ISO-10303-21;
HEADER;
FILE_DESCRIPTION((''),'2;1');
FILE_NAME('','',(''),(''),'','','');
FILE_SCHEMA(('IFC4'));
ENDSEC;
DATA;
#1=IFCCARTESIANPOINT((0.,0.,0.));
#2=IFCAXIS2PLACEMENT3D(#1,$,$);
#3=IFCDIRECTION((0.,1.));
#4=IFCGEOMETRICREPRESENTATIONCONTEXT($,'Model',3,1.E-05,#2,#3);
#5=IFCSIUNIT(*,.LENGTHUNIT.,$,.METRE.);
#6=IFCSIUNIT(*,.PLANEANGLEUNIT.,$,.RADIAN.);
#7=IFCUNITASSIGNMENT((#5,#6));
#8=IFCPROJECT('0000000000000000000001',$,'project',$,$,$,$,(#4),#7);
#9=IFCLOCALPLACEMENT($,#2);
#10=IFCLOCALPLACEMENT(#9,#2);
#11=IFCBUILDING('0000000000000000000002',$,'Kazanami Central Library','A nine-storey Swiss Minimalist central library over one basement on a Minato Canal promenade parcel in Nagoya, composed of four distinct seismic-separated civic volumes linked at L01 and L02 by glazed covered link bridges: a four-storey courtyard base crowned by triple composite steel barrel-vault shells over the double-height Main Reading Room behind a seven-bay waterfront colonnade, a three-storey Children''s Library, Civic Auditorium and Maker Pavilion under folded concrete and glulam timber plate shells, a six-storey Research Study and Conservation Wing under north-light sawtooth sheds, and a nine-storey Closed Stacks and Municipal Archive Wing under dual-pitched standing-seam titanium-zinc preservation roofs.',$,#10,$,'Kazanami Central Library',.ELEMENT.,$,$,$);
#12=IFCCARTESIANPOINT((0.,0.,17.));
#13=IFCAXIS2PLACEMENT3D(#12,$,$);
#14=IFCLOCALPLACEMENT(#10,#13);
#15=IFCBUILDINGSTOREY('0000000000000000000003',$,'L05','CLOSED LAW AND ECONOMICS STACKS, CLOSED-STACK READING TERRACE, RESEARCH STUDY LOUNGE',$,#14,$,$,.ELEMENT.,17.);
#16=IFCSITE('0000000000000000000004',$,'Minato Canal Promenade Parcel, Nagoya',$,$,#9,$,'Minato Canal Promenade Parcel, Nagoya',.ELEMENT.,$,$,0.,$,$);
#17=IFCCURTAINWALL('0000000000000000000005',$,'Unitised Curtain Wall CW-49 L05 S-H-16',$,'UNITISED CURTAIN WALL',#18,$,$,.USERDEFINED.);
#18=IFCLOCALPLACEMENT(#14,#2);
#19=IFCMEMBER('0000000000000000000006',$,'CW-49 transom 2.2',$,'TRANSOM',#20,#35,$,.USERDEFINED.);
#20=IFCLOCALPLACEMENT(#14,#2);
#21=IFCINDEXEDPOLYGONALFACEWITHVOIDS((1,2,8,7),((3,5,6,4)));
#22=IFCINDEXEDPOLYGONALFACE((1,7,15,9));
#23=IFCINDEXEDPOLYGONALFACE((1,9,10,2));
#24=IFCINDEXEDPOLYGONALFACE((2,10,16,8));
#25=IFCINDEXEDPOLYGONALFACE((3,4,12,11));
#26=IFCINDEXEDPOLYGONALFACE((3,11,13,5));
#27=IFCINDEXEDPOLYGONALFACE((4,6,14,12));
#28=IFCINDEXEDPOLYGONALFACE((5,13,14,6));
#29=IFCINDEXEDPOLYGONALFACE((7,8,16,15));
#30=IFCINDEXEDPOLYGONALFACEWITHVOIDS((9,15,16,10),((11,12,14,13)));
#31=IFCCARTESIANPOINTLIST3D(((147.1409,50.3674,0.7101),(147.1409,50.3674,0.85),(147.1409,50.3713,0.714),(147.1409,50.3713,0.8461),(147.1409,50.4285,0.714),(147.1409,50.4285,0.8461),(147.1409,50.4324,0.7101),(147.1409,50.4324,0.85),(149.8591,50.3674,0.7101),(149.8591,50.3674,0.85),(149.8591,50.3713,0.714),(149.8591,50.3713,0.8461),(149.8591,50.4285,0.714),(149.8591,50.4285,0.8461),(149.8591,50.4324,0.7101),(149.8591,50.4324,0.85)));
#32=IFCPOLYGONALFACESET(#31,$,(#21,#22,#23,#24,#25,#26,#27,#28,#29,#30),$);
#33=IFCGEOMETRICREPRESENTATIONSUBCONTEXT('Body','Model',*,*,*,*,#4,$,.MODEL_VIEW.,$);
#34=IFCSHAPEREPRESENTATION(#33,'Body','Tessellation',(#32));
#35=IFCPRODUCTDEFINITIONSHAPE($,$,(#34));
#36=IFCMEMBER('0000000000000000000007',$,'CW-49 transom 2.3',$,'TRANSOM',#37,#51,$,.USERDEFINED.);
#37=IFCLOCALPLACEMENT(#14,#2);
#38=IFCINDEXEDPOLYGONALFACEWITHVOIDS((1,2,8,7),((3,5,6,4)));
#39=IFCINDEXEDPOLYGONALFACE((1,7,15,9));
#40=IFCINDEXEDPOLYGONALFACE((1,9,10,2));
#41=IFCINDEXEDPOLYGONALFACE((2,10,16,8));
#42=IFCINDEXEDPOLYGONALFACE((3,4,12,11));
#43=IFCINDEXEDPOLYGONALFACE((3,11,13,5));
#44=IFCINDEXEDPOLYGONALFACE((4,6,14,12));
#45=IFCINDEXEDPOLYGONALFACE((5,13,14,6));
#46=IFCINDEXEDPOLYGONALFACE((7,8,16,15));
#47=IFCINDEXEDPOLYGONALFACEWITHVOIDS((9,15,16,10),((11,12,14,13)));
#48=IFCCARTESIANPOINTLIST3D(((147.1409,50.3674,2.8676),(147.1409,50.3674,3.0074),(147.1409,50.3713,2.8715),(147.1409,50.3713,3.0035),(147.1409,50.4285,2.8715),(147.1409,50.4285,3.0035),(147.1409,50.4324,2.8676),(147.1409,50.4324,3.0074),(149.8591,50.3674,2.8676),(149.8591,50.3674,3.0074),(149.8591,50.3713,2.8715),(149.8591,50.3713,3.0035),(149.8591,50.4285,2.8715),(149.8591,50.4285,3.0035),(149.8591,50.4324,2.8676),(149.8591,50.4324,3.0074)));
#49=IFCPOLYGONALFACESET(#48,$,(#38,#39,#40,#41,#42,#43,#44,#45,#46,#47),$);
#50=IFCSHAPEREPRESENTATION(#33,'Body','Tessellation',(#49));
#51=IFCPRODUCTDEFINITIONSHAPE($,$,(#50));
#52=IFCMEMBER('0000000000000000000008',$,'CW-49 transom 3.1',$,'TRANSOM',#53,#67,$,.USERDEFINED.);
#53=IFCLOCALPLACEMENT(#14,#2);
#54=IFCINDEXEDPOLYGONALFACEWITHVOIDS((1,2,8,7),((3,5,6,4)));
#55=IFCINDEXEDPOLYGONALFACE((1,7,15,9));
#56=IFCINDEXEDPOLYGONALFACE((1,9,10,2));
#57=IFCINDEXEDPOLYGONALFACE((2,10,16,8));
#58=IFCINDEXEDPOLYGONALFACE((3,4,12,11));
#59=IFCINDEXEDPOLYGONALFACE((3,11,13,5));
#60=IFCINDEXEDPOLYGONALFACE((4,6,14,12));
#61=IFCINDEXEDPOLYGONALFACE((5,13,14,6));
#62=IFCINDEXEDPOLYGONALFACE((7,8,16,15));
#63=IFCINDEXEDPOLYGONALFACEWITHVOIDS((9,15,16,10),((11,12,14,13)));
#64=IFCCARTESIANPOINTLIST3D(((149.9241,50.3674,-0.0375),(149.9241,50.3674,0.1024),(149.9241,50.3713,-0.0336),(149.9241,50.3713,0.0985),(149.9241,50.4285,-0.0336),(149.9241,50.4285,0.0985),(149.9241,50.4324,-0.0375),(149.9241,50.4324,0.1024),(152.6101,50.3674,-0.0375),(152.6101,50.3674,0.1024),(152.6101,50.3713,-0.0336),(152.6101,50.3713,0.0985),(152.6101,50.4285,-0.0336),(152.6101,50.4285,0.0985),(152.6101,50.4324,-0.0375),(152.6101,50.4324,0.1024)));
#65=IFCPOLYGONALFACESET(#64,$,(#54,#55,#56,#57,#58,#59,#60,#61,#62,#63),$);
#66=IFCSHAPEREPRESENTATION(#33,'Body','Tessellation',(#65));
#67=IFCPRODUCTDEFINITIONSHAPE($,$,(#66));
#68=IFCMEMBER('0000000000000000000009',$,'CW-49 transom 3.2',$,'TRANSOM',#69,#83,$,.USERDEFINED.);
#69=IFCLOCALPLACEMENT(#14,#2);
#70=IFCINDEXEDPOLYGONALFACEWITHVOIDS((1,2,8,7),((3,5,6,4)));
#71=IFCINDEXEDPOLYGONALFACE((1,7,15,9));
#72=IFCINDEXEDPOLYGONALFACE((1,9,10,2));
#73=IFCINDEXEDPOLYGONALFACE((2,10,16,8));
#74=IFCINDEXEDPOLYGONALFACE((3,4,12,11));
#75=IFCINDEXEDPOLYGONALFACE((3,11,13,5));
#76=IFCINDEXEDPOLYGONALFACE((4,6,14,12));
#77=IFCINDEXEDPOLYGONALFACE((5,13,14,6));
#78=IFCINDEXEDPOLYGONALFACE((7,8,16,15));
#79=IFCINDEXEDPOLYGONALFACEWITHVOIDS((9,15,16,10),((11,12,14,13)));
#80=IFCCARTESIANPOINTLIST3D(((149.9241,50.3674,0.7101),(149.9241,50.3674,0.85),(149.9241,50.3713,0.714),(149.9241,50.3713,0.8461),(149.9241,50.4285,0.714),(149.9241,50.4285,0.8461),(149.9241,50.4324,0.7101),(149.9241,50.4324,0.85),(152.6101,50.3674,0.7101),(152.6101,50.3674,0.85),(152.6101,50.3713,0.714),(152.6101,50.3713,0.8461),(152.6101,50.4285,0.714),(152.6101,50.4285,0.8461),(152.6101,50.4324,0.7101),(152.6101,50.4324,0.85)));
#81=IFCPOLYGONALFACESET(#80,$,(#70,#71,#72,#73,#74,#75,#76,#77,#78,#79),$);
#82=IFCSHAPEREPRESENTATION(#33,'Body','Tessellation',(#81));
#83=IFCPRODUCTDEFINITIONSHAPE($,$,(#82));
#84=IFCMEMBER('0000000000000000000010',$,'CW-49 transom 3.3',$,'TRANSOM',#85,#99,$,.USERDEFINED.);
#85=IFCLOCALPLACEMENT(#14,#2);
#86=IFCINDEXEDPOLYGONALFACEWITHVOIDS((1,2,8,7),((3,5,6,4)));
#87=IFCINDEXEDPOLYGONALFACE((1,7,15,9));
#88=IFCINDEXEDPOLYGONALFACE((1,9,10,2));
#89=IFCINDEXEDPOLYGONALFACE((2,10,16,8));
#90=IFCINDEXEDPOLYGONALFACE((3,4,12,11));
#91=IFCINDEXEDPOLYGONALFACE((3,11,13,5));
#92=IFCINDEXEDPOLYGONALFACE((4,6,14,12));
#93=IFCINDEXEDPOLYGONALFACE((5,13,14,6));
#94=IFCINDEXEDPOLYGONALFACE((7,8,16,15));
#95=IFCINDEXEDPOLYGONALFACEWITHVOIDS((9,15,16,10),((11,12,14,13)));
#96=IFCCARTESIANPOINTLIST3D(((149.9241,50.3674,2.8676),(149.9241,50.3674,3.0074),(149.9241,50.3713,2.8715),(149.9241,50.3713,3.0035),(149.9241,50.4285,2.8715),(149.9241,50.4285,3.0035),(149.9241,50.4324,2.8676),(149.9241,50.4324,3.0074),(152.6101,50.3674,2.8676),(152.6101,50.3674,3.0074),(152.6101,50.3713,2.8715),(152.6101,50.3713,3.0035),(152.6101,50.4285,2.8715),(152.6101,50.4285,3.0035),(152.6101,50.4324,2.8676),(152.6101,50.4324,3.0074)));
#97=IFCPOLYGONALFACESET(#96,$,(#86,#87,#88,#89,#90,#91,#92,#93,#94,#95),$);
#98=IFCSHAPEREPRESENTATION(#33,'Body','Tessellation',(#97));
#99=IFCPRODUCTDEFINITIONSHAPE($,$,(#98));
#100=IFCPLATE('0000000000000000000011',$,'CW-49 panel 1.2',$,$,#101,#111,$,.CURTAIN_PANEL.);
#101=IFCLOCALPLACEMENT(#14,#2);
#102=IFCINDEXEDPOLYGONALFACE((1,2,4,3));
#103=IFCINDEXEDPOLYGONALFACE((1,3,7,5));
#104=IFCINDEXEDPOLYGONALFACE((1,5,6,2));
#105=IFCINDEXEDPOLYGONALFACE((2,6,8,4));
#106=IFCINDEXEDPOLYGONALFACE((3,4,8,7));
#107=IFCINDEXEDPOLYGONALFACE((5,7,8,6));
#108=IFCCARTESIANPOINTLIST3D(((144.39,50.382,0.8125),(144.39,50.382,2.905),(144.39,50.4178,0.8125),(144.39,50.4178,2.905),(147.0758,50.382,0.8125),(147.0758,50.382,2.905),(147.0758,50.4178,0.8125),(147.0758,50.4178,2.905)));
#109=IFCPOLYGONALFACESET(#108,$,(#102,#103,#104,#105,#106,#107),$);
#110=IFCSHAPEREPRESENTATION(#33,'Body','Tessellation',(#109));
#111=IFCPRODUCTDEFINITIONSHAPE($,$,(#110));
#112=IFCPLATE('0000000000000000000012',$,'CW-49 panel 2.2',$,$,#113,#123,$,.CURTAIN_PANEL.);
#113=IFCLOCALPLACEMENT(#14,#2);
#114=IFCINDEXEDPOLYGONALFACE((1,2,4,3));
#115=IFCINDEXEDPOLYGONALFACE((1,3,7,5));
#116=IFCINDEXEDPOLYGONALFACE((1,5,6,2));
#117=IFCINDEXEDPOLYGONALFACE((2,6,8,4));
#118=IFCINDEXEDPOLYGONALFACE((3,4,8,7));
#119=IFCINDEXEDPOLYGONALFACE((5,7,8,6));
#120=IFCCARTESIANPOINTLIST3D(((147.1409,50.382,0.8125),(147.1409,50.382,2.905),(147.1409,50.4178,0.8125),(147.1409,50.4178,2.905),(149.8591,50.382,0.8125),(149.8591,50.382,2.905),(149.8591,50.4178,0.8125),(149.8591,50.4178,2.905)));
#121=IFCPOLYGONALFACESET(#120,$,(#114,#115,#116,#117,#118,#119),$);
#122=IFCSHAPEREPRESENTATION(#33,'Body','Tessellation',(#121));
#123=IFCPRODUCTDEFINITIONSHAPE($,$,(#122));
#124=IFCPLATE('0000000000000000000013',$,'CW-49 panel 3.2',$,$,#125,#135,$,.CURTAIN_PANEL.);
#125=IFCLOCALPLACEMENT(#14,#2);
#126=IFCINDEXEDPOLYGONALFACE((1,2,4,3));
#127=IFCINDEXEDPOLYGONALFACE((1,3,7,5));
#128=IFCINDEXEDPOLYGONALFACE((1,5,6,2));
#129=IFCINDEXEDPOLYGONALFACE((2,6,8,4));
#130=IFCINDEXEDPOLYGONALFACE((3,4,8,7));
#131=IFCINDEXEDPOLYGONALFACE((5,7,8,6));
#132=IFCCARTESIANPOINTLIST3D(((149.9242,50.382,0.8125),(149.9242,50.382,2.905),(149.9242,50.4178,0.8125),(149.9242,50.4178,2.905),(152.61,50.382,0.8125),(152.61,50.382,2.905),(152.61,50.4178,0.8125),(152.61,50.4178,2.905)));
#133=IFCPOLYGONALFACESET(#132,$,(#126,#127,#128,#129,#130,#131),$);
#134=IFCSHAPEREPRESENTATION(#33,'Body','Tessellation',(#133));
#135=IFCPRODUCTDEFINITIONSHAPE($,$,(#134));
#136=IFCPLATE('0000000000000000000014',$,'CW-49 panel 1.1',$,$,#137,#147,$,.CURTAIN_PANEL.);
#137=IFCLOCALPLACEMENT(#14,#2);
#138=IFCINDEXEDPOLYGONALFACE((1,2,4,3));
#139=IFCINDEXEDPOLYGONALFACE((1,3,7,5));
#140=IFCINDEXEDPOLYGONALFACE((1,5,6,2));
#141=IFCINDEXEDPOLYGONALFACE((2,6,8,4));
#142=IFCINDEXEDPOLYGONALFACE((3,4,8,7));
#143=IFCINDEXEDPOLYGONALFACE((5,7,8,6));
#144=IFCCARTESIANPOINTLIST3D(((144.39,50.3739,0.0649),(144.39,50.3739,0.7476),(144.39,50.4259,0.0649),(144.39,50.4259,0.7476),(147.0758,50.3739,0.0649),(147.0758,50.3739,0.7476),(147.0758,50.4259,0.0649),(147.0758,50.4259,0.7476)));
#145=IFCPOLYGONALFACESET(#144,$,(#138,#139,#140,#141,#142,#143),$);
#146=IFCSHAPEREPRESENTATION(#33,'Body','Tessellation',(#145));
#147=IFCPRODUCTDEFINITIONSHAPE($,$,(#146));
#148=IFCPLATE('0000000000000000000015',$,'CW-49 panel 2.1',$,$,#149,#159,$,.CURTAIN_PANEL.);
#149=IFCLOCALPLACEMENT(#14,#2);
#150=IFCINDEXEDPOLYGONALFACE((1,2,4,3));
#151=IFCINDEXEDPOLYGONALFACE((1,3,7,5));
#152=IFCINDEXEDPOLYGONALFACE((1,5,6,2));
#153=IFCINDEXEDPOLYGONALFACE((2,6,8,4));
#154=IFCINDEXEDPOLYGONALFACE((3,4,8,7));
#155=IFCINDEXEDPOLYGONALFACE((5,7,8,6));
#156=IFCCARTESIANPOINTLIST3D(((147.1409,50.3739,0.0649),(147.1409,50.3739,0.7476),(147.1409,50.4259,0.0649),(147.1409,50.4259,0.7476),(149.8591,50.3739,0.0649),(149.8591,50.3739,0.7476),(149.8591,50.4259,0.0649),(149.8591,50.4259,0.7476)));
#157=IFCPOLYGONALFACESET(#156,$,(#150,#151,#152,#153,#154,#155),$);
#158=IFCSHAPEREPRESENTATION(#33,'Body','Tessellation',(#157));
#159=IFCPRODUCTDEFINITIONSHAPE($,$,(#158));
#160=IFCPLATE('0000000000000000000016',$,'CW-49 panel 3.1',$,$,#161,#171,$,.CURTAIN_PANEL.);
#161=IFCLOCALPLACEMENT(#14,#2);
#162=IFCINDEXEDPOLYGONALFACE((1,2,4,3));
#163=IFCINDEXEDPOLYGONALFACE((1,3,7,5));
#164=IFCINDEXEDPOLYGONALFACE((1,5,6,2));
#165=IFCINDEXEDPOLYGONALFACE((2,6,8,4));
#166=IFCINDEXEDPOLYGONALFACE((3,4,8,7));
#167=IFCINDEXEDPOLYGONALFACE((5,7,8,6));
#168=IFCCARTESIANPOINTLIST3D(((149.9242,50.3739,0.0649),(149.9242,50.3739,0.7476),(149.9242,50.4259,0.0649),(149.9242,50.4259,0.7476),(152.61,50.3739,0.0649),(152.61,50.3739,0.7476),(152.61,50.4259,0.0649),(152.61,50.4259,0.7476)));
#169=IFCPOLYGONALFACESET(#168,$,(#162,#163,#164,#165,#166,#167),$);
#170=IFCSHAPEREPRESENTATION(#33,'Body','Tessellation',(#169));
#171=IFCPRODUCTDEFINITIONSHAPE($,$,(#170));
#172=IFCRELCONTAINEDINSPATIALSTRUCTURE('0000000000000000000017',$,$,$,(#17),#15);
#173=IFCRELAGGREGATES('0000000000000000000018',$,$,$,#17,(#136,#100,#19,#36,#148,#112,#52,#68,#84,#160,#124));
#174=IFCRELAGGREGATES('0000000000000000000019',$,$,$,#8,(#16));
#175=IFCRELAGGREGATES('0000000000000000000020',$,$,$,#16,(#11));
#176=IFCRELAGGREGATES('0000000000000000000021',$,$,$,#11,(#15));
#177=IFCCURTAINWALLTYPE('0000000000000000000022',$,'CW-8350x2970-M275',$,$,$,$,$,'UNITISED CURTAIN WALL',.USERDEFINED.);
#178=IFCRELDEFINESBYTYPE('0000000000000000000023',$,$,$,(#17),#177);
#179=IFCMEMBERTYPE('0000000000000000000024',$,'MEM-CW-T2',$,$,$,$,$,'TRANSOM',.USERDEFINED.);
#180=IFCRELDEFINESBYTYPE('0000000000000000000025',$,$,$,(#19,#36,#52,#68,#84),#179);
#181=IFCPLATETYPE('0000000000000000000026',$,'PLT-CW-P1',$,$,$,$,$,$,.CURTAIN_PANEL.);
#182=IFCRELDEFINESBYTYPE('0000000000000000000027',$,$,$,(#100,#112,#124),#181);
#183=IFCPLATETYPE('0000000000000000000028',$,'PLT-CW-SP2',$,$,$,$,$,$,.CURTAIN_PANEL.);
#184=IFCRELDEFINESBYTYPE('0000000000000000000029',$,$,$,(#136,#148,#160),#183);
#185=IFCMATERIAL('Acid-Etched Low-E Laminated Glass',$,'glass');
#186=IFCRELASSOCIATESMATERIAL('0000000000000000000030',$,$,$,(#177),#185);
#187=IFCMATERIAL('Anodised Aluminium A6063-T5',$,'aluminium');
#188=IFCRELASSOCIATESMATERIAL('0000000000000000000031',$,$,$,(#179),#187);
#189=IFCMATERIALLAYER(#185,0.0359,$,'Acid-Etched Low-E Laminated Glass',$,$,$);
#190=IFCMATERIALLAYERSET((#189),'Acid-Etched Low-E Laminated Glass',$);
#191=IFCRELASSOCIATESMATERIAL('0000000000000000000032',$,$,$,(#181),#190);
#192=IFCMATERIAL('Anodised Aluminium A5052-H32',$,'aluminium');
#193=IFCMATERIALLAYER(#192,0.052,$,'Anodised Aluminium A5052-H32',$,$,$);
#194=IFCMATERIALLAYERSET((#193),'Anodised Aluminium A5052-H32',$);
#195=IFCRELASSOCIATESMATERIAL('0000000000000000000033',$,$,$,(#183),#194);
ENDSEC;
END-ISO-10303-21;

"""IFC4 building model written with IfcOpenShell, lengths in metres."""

from ifc_helpers import new_model, si_unit, direction, frame, origin, origin_2d, place, context, subcontext, project, spatial, rectangle, hollow_rectangle, extrude, material, layer, layer_set, material_profile, profile_set, type_object, element, aggregate, save


model = new_model("IFC4")

# Units and contexts
model_context = context("Model", 3, precision=1e-05, world=origin(), true_north=direction((0.0, 1.0)))
body_context = subcontext(model_context, "Body", "Model", "MODEL_VIEW")
ifc_project = project(units=[si_unit("LENGTHUNIT", "METRE"), si_unit("PLANEANGLEUNIT", "RADIAN")], contexts=[model_context])

# Site, building, storey
site_placement = place(None, origin())
site = spatial("IfcSite", under=ifc_project, at=site_placement, Name="Minato Canal Promenade Parcel, Nagoya", LongName="Minato Canal Promenade Parcel, Nagoya", CompositionType="ELEMENT", RefElevation=0.0)
building_placement = place(site_placement, origin())
building = spatial("IfcBuilding", under=site, at=building_placement, Name="Kazanami Central Library", Description="A nine-storey Swiss Minimalist central library over one basement on a Minato Canal promenade parcel in Nagoya, composed of four distinct seismic-separated civic volumes linked at L01 and L02 by glazed covered link bridges: a four-storey courtyard base crowned by triple composite steel barrel-vault shells over the double-height Main Reading Room behind a seven-bay waterfront colonnade, a three-storey Children's Library, Civic Auditorium and Maker Pavilion under folded concrete and glulam timber plate shells, a six-storey Research Study and Conservation Wing under north-light sawtooth sheds, and a nine-storey Closed Stacks and Municipal Archive Wing under dual-pitched standing-seam titanium-zinc preservation roofs.", LongName="Kazanami Central Library", CompositionType="ELEMENT")
storey_placement = place(building_placement, frame((0.0, 0.0, 17.0)))
storey = spatial("IfcBuildingStorey", under=building, at=storey_placement, Name="L05", Description="CLOSED LAW AND ECONOMICS STACKS, CLOSED-STACK READING TERRACE, RESEARCH STUDY LOUNGE", CompositionType="ELEMENT", Elevation=17.0)

# Curtain wall, members, plates
ifc_material_1 = material(Name="Acid-Etched Low-E Laminated Glass", Category="glass")
curtain_wall_type = type_object("IfcCurtainWallType", Name="CW-8350x2970-M275", ElementType="UNITISED CURTAIN WALL", PredefinedType="USERDEFINED", material=ifc_material_1)
curtain_wall_placement = place(storey_placement, origin())
curtain_wall = element("IfcCurtainWall", 1, at=curtain_wall_placement, inside=storey, type_object=curtain_wall_type, Name="Unitised Curtain Wall CW-49 L05 S-H-16", ObjectType="UNITISED CURTAIN WALL", PredefinedType="USERDEFINED")
ifc_material_2 = material(Name="Anodised Aluminium A6063-T5", Category="aluminium")
ifc_material_profile_1 = material_profile(ifc_material_2, hollow_rectangle(XDim=0.0649, YDim=0.1399, WallThickness=0.0039, at=origin_2d()), Name="ALU-TRAN-65x140x4")
ifc_profile_set_1 = profile_set([ifc_material_profile_1], Name="Anodised Aluminium A6063-T5")
member_type_1 = type_object("IfcMemberType", Name="MEM-CW-T2", ElementType="TRANSOM", PredefinedType="USERDEFINED", material=ifc_profile_set_1)
member_1_placement = place(storey_placement, frame((147.1409, 50.3999, 0.78), z_axis=(1.0, 0.0, 0.0), x_axis=(0.0, 1.0, 0.0)))
member_1 = element("IfcMember", 2, at=member_1_placement, type_object=member_type_1, Name="CW-49 transom 2.2", ObjectType="TRANSOM", PredefinedType="USERDEFINED", context=body_context, shape_type="SweptSolid", body=[
    extrude(hollow_rectangle(XDim=0.0649, YDim=0.1399, WallThickness=0.0039, at=origin_2d()), origin(), (0.0, 0.0, 1.0), 2.7183),
])
member_2_placement = place(storey_placement, frame((147.1409, 50.3999, 2.9375), z_axis=(1.0, 0.0, 0.0), x_axis=(0.0, 1.0, 0.0)))
member_2 = element("IfcMember", 3, at=member_2_placement, type_object=member_type_1, Name="CW-49 transom 2.3", ObjectType="TRANSOM", PredefinedType="USERDEFINED", context=body_context, shape_type="SweptSolid", body=[
    extrude(hollow_rectangle(XDim=0.0649, YDim=0.1399, WallThickness=0.0039, at=origin_2d()), origin(), (0.0, 0.0, 1.0), 2.7183),
])
member_3_placement = place(storey_placement, frame((149.9241, 50.3999, 0.0325), z_axis=(1.0, 0.0, 0.0), x_axis=(0.0, 1.0, 0.0)))
member_3 = element("IfcMember", 4, at=member_3_placement, type_object=member_type_1, Name="CW-49 transom 3.1", ObjectType="TRANSOM", PredefinedType="USERDEFINED", context=body_context, shape_type="SweptSolid", body=[
    extrude(hollow_rectangle(XDim=0.0649, YDim=0.1399, WallThickness=0.0039, at=origin_2d()), origin(), (0.0, 0.0, 1.0), 2.686),
])
member_4_placement = place(storey_placement, frame((149.9241, 50.3999, 0.78), z_axis=(1.0, 0.0, 0.0), x_axis=(0.0, 1.0, 0.0)))
member_4 = element("IfcMember", 5, at=member_4_placement, type_object=member_type_1, Name="CW-49 transom 3.2", ObjectType="TRANSOM", PredefinedType="USERDEFINED", context=body_context, shape_type="SweptSolid", body=[
    extrude(hollow_rectangle(XDim=0.0649, YDim=0.1399, WallThickness=0.0039, at=origin_2d()), origin(), (0.0, 0.0, 1.0), 2.686),
])
member_5_placement = place(storey_placement, frame((149.9241, 50.3999, 2.9375), z_axis=(1.0, 0.0, 0.0), x_axis=(0.0, 1.0, 0.0)))
member_5 = element("IfcMember", 6, at=member_5_placement, type_object=member_type_1, Name="CW-49 transom 3.3", ObjectType="TRANSOM", PredefinedType="USERDEFINED", context=body_context, shape_type="SweptSolid", body=[
    extrude(hollow_rectangle(XDim=0.0649, YDim=0.1399, WallThickness=0.0039, at=origin_2d()), origin(), (0.0, 0.0, 1.0), 2.686),
])
ifc_layer_1 = layer(ifc_material_1, 0.0359, Name="Acid-Etched Low-E Laminated Glass")
ifc_layer_set_1 = layer_set([ifc_layer_1], Name="Acid-Etched Low-E Laminated Glass")
plate_type_1 = type_object("IfcPlateType", Name="PLT-CW-P1", PredefinedType="CURTAIN_PANEL", material=ifc_layer_set_1)
plate_1_placement = place(storey_placement, frame((145.7329, 50.3999, 0.8125), z_axis=(0.0, 0.0, 1.0), x_axis=(1.0, 0.0, 0.0)))
plate_1 = element("IfcPlate", 7, at=plate_1_placement, type_object=plate_type_1, Name="CW-49 panel 1.2", PredefinedType="CURTAIN_PANEL", context=body_context, shape_type="SweptSolid", body=[
    extrude(rectangle(XDim=2.6858, YDim=0.0359, at=origin_2d()), origin(), (0.0, 0.0, 1.0), 2.0925),
])
plate_2_placement = place(storey_placement, frame((148.5, 50.3999, 0.8125), z_axis=(0.0, 0.0, 1.0), x_axis=(1.0, 0.0, 0.0)))
plate_2 = element("IfcPlate", 8, at=plate_2_placement, type_object=plate_type_1, Name="CW-49 panel 2.2", PredefinedType="CURTAIN_PANEL", context=body_context, shape_type="SweptSolid", body=[
    extrude(rectangle(XDim=2.7183, YDim=0.0359, at=origin_2d()), origin(), (0.0, 0.0, 1.0), 2.0925),
])
plate_3_placement = place(storey_placement, frame((151.2671, 50.3999, 0.8125), z_axis=(0.0, 0.0, 1.0), x_axis=(1.0, 0.0, 0.0)))
plate_3 = element("IfcPlate", 9, at=plate_3_placement, type_object=plate_type_1, Name="CW-49 panel 3.2", PredefinedType="CURTAIN_PANEL", context=body_context, shape_type="SweptSolid", body=[
    extrude(rectangle(XDim=2.6858, YDim=0.0359, at=origin_2d()), origin(), (0.0, 0.0, 1.0), 2.0925),
])
ifc_material_3 = material(Name="Anodised Aluminium A5052-H32", Category="aluminium")
ifc_layer_2 = layer(ifc_material_3, 0.052, Name="Anodised Aluminium A5052-H32")
ifc_layer_set_2 = layer_set([ifc_layer_2], Name="Anodised Aluminium A5052-H32")
plate_type_2 = type_object("IfcPlateType", Name="PLT-CW-SP2", PredefinedType="CURTAIN_PANEL", material=ifc_layer_set_2)
plate_4_placement = place(storey_placement, frame((145.7329, 50.3999, 0.0649), z_axis=(0.0, 0.0, 1.0), x_axis=(1.0, 0.0, 0.0)))
plate_4 = element("IfcPlate", 10, at=plate_4_placement, type_object=plate_type_2, Name="CW-49 panel 1.1", PredefinedType="CURTAIN_PANEL", context=body_context, shape_type="SweptSolid", body=[
    extrude(rectangle(XDim=2.6858, YDim=0.052, at=origin_2d()), origin(), (0.0, 0.0, 1.0), 0.6826),
])
plate_5_placement = place(storey_placement, frame((148.5, 50.3999, 0.0649), z_axis=(0.0, 0.0, 1.0), x_axis=(1.0, 0.0, 0.0)))
plate_5 = element("IfcPlate", 11, at=plate_5_placement, type_object=plate_type_2, Name="CW-49 panel 2.1", PredefinedType="CURTAIN_PANEL", context=body_context, shape_type="SweptSolid", body=[
    extrude(rectangle(XDim=2.7183, YDim=0.052, at=origin_2d()), origin(), (0.0, 0.0, 1.0), 0.6826),
])
plate_6_placement = place(storey_placement, frame((151.2671, 50.3999, 0.0649), z_axis=(0.0, 0.0, 1.0), x_axis=(1.0, 0.0, 0.0)))
plate_6 = element("IfcPlate", 12, at=plate_6_placement, type_object=plate_type_2, Name="CW-49 panel 3.1", PredefinedType="CURTAIN_PANEL", context=body_context, shape_type="SweptSolid", body=[
    extrude(rectangle(XDim=2.6858, YDim=0.052, at=origin_2d()), origin(), (0.0, 0.0, 1.0), 0.6826),
])
aggregate(curtain_wall, [plate_4, plate_1, member_1, member_2, plate_5, plate_2, member_3, member_4, member_5, plate_6, plate_3])

save(model, "model.ifc")
